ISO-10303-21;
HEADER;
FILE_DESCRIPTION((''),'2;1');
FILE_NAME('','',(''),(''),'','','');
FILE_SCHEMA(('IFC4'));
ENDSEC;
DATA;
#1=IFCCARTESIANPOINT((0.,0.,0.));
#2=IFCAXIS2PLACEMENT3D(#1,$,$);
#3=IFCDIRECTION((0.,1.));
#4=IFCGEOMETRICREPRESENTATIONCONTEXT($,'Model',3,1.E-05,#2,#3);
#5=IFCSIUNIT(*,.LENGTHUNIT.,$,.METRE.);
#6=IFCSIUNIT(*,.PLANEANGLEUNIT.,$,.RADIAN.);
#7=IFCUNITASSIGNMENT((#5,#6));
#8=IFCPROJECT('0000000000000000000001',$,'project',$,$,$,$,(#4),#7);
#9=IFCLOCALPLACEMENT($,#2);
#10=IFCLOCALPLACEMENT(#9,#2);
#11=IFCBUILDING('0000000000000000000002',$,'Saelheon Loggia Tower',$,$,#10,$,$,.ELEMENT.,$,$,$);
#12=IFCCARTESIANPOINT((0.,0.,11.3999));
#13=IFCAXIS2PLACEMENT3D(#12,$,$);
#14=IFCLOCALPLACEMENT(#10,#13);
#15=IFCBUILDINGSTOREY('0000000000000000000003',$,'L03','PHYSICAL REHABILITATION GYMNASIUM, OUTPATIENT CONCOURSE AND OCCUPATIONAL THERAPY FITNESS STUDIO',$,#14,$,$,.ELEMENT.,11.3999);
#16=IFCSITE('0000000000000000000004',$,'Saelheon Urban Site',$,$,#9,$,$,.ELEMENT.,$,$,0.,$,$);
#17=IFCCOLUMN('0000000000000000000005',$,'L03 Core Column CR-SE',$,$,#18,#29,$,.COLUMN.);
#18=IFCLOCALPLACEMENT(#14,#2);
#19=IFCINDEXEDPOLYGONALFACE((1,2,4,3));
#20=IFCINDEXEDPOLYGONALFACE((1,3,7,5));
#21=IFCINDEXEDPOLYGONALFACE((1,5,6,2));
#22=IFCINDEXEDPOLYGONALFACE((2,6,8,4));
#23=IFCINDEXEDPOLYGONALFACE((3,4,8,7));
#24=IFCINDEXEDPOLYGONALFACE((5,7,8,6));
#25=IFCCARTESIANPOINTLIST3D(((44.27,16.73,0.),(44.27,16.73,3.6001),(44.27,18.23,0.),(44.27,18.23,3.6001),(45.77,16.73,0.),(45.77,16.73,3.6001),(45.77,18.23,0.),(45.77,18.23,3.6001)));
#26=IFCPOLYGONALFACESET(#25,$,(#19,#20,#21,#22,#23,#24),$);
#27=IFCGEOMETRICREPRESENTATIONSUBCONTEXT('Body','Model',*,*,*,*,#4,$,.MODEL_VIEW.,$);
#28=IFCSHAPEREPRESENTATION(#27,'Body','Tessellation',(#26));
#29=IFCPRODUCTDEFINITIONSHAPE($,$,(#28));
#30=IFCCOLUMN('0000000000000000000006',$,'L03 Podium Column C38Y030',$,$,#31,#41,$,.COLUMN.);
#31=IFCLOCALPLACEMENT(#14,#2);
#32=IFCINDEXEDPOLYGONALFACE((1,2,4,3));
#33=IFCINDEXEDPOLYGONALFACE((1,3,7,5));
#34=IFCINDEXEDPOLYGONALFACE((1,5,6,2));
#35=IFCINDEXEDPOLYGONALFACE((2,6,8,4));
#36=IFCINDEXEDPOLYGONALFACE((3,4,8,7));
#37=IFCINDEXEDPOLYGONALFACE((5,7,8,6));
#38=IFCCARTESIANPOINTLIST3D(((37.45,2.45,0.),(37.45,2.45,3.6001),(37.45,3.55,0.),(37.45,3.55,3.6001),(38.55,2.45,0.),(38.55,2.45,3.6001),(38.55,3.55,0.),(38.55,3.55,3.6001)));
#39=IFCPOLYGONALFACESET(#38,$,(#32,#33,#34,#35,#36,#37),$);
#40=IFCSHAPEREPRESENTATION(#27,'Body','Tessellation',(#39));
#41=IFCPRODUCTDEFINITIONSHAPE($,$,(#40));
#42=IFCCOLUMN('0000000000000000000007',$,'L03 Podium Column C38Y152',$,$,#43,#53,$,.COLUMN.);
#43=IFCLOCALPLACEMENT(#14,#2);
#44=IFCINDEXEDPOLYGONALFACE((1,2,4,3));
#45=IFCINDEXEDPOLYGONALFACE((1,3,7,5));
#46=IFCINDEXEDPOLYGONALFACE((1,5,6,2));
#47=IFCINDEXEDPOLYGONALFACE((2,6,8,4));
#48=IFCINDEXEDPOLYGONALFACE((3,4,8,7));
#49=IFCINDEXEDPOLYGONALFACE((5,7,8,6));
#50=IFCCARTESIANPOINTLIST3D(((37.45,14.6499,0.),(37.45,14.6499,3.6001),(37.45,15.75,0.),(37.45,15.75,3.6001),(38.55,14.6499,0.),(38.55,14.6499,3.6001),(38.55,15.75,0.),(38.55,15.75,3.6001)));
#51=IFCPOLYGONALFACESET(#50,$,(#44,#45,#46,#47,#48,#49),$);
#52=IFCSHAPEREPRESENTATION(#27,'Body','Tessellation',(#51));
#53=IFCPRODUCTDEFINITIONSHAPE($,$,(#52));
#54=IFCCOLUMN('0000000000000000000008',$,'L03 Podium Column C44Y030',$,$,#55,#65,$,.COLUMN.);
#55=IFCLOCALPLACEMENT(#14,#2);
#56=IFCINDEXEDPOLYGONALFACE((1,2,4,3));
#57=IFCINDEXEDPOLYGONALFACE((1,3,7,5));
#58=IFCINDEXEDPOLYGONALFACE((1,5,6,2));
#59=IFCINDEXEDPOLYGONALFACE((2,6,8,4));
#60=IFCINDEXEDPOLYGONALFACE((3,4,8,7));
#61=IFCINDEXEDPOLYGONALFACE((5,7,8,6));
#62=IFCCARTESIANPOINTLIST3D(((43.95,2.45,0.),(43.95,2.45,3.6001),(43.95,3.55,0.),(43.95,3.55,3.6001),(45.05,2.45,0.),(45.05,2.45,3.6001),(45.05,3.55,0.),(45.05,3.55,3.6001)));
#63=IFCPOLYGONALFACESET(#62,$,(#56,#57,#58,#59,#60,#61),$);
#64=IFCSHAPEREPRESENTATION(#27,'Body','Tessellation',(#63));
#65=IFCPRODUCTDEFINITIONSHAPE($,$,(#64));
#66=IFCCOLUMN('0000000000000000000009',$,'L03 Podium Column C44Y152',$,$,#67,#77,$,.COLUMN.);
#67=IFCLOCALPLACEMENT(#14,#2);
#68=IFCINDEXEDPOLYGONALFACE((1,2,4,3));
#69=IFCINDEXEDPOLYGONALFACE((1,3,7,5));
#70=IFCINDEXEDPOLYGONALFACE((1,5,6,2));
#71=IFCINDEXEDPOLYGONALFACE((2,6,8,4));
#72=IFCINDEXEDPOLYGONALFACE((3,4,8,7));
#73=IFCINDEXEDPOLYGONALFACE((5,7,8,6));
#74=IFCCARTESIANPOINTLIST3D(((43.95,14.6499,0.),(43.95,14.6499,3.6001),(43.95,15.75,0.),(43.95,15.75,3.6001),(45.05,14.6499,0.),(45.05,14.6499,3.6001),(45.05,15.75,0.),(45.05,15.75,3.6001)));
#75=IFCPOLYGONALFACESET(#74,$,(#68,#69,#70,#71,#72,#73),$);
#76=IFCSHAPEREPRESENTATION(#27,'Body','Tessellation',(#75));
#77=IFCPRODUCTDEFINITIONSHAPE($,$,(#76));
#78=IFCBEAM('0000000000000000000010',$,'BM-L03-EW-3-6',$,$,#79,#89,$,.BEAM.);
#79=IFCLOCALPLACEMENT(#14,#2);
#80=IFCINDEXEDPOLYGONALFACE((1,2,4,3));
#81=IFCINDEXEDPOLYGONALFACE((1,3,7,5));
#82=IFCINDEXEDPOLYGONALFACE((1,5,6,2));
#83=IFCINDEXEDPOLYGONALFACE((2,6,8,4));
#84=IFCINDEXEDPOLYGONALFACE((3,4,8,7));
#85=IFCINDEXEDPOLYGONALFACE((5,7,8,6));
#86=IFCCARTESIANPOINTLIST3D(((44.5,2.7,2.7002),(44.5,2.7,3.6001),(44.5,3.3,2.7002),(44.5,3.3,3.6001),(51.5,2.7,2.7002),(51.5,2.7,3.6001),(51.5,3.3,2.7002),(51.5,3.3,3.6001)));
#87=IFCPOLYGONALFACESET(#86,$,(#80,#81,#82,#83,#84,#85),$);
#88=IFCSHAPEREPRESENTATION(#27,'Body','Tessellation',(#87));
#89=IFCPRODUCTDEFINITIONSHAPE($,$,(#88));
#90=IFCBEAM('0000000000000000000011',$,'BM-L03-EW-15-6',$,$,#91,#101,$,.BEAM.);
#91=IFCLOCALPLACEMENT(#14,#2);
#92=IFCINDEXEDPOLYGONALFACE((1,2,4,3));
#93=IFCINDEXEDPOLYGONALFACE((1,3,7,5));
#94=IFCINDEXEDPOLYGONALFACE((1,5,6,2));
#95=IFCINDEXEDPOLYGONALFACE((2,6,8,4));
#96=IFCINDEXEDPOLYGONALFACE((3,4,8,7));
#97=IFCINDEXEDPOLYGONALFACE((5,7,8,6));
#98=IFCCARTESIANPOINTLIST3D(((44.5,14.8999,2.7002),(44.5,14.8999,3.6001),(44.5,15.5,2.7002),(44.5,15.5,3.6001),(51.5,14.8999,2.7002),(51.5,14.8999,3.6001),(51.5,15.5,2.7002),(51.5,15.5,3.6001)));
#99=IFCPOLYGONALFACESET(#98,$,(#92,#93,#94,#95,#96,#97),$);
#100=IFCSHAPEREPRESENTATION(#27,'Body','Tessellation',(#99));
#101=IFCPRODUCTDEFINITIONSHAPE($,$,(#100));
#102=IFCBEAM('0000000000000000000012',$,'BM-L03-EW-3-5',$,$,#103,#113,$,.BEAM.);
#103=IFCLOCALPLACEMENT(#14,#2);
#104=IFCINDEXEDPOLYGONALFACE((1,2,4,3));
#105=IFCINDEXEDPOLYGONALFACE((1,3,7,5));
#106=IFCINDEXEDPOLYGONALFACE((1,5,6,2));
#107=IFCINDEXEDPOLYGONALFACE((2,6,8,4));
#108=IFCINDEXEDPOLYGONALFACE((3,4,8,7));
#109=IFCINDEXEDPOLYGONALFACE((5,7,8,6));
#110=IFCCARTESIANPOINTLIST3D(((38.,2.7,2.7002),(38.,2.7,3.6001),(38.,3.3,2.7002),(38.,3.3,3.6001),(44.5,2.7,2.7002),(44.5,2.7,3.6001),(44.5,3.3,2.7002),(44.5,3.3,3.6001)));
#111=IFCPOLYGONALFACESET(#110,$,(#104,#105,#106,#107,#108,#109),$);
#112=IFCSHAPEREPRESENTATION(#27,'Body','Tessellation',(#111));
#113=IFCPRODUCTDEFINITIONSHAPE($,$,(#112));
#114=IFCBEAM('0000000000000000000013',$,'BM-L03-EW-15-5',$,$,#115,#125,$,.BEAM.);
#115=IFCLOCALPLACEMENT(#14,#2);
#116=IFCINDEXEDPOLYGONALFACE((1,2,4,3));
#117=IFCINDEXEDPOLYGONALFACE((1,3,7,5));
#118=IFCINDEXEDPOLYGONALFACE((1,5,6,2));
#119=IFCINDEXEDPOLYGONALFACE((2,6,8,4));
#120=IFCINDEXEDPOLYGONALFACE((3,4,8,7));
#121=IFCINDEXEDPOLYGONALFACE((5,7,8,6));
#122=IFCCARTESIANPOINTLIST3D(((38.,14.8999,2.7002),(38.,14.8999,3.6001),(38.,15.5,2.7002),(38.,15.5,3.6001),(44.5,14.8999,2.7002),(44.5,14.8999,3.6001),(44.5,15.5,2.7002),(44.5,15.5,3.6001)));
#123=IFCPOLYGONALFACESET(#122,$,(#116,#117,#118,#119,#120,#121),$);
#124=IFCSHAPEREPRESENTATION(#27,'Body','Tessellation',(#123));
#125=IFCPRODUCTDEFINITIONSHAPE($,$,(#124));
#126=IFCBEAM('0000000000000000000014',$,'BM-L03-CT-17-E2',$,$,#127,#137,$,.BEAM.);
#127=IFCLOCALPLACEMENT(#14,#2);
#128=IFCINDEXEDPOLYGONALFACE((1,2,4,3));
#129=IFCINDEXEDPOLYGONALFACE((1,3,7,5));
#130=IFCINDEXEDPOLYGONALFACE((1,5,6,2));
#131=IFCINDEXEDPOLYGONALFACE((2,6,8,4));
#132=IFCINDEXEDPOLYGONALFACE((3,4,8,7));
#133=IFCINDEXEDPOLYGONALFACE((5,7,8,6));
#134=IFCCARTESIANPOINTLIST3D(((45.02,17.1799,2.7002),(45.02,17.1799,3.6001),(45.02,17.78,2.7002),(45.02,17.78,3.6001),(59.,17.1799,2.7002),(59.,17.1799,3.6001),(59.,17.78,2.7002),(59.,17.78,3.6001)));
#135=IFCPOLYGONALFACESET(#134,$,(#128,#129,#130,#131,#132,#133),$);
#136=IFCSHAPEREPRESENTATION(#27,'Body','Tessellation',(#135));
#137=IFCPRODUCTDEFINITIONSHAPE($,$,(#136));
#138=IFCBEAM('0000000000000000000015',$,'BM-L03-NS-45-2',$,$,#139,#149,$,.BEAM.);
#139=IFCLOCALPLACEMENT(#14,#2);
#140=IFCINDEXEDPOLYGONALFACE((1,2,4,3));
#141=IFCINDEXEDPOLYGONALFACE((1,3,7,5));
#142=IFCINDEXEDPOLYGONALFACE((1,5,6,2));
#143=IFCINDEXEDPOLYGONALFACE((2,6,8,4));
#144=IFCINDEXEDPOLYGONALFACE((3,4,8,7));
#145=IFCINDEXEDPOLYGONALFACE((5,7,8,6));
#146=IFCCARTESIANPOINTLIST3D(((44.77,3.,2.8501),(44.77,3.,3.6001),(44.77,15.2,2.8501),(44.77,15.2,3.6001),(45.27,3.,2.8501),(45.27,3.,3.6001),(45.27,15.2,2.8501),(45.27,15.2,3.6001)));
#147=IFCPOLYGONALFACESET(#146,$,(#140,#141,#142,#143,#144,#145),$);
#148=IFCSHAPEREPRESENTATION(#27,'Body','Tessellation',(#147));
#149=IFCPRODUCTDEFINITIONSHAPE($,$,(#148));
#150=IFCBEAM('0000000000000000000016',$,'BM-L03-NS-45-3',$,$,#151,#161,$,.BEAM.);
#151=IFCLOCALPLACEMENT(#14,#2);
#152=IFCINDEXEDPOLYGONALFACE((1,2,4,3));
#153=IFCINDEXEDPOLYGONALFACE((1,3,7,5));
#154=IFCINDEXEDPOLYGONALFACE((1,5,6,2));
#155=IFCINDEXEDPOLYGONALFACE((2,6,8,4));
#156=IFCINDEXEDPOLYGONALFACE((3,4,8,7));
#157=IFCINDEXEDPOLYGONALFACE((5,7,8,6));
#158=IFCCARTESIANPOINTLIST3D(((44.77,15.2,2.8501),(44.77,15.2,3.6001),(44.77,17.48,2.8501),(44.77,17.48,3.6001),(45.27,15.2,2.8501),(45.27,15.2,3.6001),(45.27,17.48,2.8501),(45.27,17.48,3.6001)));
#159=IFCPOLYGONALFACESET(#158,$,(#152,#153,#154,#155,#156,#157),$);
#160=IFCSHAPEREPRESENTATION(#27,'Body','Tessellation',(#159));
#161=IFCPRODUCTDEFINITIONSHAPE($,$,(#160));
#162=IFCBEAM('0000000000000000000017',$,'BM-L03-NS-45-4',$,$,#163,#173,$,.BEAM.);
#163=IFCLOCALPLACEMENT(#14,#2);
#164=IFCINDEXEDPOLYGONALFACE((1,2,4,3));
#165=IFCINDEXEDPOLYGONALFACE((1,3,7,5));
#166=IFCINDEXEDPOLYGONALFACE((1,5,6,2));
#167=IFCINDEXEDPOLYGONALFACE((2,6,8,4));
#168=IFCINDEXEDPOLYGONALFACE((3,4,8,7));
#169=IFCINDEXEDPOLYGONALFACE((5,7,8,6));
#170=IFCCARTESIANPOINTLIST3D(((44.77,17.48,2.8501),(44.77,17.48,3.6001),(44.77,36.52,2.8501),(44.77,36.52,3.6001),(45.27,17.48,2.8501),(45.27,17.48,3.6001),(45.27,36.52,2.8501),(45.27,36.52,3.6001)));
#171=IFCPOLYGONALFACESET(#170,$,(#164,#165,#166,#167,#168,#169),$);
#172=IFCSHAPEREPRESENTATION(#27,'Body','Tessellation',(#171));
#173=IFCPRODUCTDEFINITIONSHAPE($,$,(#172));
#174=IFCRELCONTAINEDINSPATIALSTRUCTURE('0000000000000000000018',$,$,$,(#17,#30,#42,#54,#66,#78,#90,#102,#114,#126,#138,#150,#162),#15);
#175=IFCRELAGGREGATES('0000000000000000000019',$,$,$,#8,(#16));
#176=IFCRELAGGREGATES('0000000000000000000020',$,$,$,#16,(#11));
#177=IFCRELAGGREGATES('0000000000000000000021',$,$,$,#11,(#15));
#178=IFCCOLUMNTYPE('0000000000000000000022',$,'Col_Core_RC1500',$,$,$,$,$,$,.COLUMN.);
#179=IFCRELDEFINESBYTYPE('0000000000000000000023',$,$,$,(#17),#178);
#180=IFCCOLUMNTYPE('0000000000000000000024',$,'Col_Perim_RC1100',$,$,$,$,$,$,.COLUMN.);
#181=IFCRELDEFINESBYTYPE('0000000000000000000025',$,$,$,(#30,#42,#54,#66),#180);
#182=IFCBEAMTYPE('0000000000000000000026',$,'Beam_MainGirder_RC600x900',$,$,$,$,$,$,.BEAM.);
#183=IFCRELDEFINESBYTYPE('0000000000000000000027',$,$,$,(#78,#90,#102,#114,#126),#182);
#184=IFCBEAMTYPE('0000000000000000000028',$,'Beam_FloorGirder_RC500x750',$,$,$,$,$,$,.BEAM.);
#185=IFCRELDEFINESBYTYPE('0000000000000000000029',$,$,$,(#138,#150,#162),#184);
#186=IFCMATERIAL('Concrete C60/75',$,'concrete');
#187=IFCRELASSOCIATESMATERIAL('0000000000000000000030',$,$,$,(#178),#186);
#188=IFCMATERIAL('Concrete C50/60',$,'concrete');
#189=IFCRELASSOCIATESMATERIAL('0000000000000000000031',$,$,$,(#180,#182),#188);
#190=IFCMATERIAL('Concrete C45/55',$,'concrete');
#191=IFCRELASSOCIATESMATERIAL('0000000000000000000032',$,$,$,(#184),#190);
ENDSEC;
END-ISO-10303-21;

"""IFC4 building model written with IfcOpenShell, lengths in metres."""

from ifc_helpers import new_model, si_unit, direction, frame, origin, origin_2d, place, context, subcontext, project, spatial, rectangle, extrude, source, transform, mapped, material, material_profile, profile_set, type_object, element, save


model = new_model("IFC4")

# Units and contexts
model_context = context("Model", 3, precision=1e-05, world=origin(), true_north=direction((0.0, 1.0)))
body_context = subcontext(model_context, "Body", "Model", "MODEL_VIEW")
ifc_project = project(units=[si_unit("LENGTHUNIT", "METRE"), si_unit("PLANEANGLEUNIT", "RADIAN")], contexts=[model_context])

# Site, building, storey
site_placement = place(None, origin())
site = spatial("IfcSite", under=ifc_project, at=site_placement, Name="Saelheon Urban Site", CompositionType="ELEMENT", RefElevation=0.0)
building_placement = place(site_placement, origin())
building = spatial("IfcBuilding", under=site, at=building_placement, Name="Saelheon Loggia Tower", CompositionType="ELEMENT")
storey_placement = place(building_placement, frame((0.0, 0.0, 11.3999)))
storey = spatial("IfcBuildingStorey", under=building, at=storey_placement, Name="L03", Description="PHYSICAL REHABILITATION GYMNASIUM, OUTPATIENT CONCOURSE AND OCCUPATIONAL THERAPY FITNESS STUDIO", CompositionType="ELEMENT", Elevation=11.3999)

# Columns
ifc_material_1 = material(Name="Concrete C60/75", Category="concrete")
ifc_material_profile_1 = material_profile(ifc_material_1, rectangle(XDim=1.5, YDim=1.5, at=origin_2d()), Name="RC-1500x1500")
ifc_profile_set_1 = profile_set([ifc_material_profile_1], Name="Concrete C60/75")
column_type_1 = type_object("IfcColumnType", Name="Col_Core_RC1500", PredefinedType="COLUMN", material=ifc_profile_set_1)
shared_shape_1 = source(origin(), body_context, "Body", "SweptSolid", [
    extrude(rectangle(XDim=1.5, YDim=1.5, at=origin_2d()), origin(), (0.0, 0.0, 1.0), 3.6001),
])
column_placement = place(storey_placement, frame((45.02, 17.48, 0.0), z_axis=(0.0, 0.0, 1.0), x_axis=(1.0, 0.0, 0.0)))
element("IfcColumn", 1, at=column_placement, inside=storey, type_object=column_type_1, Name="L03 Core Column CR-SE", PredefinedType="COLUMN", context=body_context, shape_type="MappedRepresentation", body=[
    mapped(shared_shape_1, transform((0.0, 0.0, 0.0), scale=1.0)),
])
ifc_material_2 = material(Name="Concrete C50/60", Category="concrete")
ifc_material_profile_2 = material_profile(ifc_material_2, rectangle(XDim=1.1001, YDim=1.1001, at=origin_2d()), Name="RC-1100x1100")
ifc_profile_set_2 = profile_set([ifc_material_profile_2], Name="Concrete C50/60")
column_type_2 = type_object("IfcColumnType", Name="Col_Perim_RC1100", PredefinedType="COLUMN", material=ifc_profile_set_2)
shared_shape_2 = source(origin(), body_context, "Body", "SweptSolid", [
    extrude(rectangle(XDim=1.1001, YDim=1.1001, at=origin_2d()), origin(), (0.0, 0.0, 1.0), 3.6001),
])
for number, where, z_axis, x_axis, name in (
    (2, (38.0, 3.0, 0.0), (0.0, 0.0, 1.0), (1.0, 0.0, 0.0), "L03 Podium Column C38Y030"),
    (3, (38.0, 15.2, 0.0), (0.0, 0.0, 1.0), (1.0, 0.0, 0.0), "L03 Podium Column C38Y152"),
    (4, (44.5, 3.0, 0.0), (0.0, 0.0, 1.0), (1.0, 0.0, 0.0), "L03 Podium Column C44Y030"),
    (5, (44.5, 15.2, 0.0), (0.0, 0.0, 1.0), (1.0, 0.0, 0.0), "L03 Podium Column C44Y152"),
):
    element("IfcColumn", number, at=place(storey_placement, frame(where, z_axis=z_axis, x_axis=x_axis)), inside=storey, type_object=column_type_2, Name=name, PredefinedType="COLUMN", context=body_context, shape_type="MappedRepresentation", body=[
        mapped(shared_shape_2, transform((0.0, 0.0, 0.0), scale=1.0)),
    ])

# Beams
ifc_material_profile_3 = material_profile(ifc_material_2, rectangle(XDim=0.6001, YDim=0.8999, at=origin_2d()), Name="RC-600x900")
ifc_profile_set_3 = profile_set([ifc_material_profile_3], Name="Concrete C50/60")
beam_type_1 = type_object("IfcBeamType", Name="Beam_MainGirder_RC600x900", PredefinedType="BEAM", material=ifc_profile_set_3)
shared_shape_3 = source(origin(), body_context, "Body", "SweptSolid", [
    extrude(rectangle(XDim=0.6001, YDim=0.8999, at=origin_2d()), origin(), (0.0, 0.0, 1.0), 7.0),
])
for number, where, z_axis, x_axis, name in (
    (6, (44.5, 3.0, 3.1501), (1.0, 0.0, 0.0), (0.0, 1.0, 0.0), "BM-L03-EW-3-6"),
    (7, (44.5, 15.2, 3.1501), (1.0, 0.0, 0.0), (0.0, 1.0, 0.0), "BM-L03-EW-15-6"),
):
    element("IfcBeam", number, at=place(storey_placement, frame(where, z_axis=z_axis, x_axis=x_axis)), inside=storey, type_object=beam_type_1, Name=name, PredefinedType="BEAM", context=body_context, shape_type="MappedRepresentation", body=[
        mapped(shared_shape_3, transform((0.0, 0.0, 0.0), scale=1.0)),
    ])
shared_shape_4 = source(origin(), body_context, "Body", "SweptSolid", [
    extrude(rectangle(XDim=0.6001, YDim=0.8999, at=origin_2d()), origin(), (0.0, 0.0, 1.0), 6.5),
])
for number, where, z_axis, x_axis, name in (
    (8, (38.0, 3.0, 3.1501), (1.0, 0.0, 0.0), (0.0, 1.0, 0.0), "BM-L03-EW-3-5"),
    (9, (38.0, 15.2, 3.1501), (1.0, 0.0, 0.0), (0.0, 1.0, 0.0), "BM-L03-EW-15-5"),
):
    element("IfcBeam", number, at=place(storey_placement, frame(where, z_axis=z_axis, x_axis=x_axis)), inside=storey, type_object=beam_type_1, Name=name, PredefinedType="BEAM", context=body_context, shape_type="MappedRepresentation", body=[
        mapped(shared_shape_4, transform((0.0, 0.0, 0.0), scale=1.0)),
    ])
shared_shape_5 = source(origin(), body_context, "Body", "SweptSolid", [
    extrude(rectangle(XDim=0.6001, YDim=0.8999, at=origin_2d()), origin(), (0.0, 0.0, 1.0), 13.98),
])
beam_1_placement = place(storey_placement, frame((45.02, 17.48, 3.1501), z_axis=(1.0, 0.0, 0.0), x_axis=(0.0, 1.0, 0.0)))
element("IfcBeam", 10, at=beam_1_placement, inside=storey, type_object=beam_type_1, Name="BM-L03-CT-17-E2", PredefinedType="BEAM", context=body_context, shape_type="MappedRepresentation", body=[
    mapped(shared_shape_5, transform((0.0, 0.0, 0.0), scale=1.0)),
])
ifc_material_3 = material(Name="Concrete C45/55", Category="concrete")
ifc_material_profile_4 = material_profile(ifc_material_3, rectangle(XDim=0.5, YDim=0.75, at=origin_2d()), Name="RC-500x750")
ifc_profile_set_4 = profile_set([ifc_material_profile_4], Name="Concrete C45/55")
beam_type_2 = type_object("IfcBeamType", Name="Beam_FloorGirder_RC500x750", PredefinedType="BEAM", material=ifc_profile_set_4)
shared_shape_6 = source(origin(), body_context, "Body", "SweptSolid", [
    extrude(rectangle(XDim=0.5, YDim=0.75, at=origin_2d()), origin(), (0.0, 0.0, 1.0), 12.2),
])
beam_2_placement = place(storey_placement, frame((45.02, 3.0, 3.2251), z_axis=(0.0, 1.0, 0.0), x_axis=(-1.0, 0.0, 0.0)))
element("IfcBeam", 11, at=beam_2_placement, inside=storey, type_object=beam_type_2, Name="BM-L03-NS-45-2", PredefinedType="BEAM", context=body_context, shape_type="MappedRepresentation", body=[
    mapped(shared_shape_6, transform((0.0, 0.0, 0.0), scale=1.0)),
])
shared_shape_7 = source(origin(), body_context, "Body", "SweptSolid", [
    extrude(rectangle(XDim=0.5, YDim=0.75, at=origin_2d()), origin(), (0.0, 0.0, 1.0), 2.28),
])
beam_3_placement = place(storey_placement, frame((45.02, 15.2, 3.2251), z_axis=(0.0, 1.0, 0.0), x_axis=(-1.0, 0.0, 0.0)))
element("IfcBeam", 12, at=beam_3_placement, inside=storey, type_object=beam_type_2, Name="BM-L03-NS-45-3", PredefinedType="BEAM", context=body_context, shape_type="MappedRepresentation", body=[
    mapped(shared_shape_7, transform((0.0, 0.0, 0.0), scale=1.0)),
])
shared_shape_8 = source(origin(), body_context, "Body", "SweptSolid", [
    extrude(rectangle(XDim=0.5, YDim=0.75, at=origin_2d()), origin(), (0.0, 0.0, 1.0), 19.04),
])
beam_4_placement = place(storey_placement, frame((45.02, 17.48, 3.2251), z_axis=(0.0, 1.0, 0.0), x_axis=(-1.0, 0.0, 0.0)))
element("IfcBeam", 13, at=beam_4_placement, inside=storey, type_object=beam_type_2, Name="BM-L03-NS-45-4", PredefinedType="BEAM", context=body_context, shape_type="MappedRepresentation", body=[
    mapped(shared_shape_8, transform((0.0, 0.0, 0.0), scale=1.0)),
])

save(model, "model.ifc")
